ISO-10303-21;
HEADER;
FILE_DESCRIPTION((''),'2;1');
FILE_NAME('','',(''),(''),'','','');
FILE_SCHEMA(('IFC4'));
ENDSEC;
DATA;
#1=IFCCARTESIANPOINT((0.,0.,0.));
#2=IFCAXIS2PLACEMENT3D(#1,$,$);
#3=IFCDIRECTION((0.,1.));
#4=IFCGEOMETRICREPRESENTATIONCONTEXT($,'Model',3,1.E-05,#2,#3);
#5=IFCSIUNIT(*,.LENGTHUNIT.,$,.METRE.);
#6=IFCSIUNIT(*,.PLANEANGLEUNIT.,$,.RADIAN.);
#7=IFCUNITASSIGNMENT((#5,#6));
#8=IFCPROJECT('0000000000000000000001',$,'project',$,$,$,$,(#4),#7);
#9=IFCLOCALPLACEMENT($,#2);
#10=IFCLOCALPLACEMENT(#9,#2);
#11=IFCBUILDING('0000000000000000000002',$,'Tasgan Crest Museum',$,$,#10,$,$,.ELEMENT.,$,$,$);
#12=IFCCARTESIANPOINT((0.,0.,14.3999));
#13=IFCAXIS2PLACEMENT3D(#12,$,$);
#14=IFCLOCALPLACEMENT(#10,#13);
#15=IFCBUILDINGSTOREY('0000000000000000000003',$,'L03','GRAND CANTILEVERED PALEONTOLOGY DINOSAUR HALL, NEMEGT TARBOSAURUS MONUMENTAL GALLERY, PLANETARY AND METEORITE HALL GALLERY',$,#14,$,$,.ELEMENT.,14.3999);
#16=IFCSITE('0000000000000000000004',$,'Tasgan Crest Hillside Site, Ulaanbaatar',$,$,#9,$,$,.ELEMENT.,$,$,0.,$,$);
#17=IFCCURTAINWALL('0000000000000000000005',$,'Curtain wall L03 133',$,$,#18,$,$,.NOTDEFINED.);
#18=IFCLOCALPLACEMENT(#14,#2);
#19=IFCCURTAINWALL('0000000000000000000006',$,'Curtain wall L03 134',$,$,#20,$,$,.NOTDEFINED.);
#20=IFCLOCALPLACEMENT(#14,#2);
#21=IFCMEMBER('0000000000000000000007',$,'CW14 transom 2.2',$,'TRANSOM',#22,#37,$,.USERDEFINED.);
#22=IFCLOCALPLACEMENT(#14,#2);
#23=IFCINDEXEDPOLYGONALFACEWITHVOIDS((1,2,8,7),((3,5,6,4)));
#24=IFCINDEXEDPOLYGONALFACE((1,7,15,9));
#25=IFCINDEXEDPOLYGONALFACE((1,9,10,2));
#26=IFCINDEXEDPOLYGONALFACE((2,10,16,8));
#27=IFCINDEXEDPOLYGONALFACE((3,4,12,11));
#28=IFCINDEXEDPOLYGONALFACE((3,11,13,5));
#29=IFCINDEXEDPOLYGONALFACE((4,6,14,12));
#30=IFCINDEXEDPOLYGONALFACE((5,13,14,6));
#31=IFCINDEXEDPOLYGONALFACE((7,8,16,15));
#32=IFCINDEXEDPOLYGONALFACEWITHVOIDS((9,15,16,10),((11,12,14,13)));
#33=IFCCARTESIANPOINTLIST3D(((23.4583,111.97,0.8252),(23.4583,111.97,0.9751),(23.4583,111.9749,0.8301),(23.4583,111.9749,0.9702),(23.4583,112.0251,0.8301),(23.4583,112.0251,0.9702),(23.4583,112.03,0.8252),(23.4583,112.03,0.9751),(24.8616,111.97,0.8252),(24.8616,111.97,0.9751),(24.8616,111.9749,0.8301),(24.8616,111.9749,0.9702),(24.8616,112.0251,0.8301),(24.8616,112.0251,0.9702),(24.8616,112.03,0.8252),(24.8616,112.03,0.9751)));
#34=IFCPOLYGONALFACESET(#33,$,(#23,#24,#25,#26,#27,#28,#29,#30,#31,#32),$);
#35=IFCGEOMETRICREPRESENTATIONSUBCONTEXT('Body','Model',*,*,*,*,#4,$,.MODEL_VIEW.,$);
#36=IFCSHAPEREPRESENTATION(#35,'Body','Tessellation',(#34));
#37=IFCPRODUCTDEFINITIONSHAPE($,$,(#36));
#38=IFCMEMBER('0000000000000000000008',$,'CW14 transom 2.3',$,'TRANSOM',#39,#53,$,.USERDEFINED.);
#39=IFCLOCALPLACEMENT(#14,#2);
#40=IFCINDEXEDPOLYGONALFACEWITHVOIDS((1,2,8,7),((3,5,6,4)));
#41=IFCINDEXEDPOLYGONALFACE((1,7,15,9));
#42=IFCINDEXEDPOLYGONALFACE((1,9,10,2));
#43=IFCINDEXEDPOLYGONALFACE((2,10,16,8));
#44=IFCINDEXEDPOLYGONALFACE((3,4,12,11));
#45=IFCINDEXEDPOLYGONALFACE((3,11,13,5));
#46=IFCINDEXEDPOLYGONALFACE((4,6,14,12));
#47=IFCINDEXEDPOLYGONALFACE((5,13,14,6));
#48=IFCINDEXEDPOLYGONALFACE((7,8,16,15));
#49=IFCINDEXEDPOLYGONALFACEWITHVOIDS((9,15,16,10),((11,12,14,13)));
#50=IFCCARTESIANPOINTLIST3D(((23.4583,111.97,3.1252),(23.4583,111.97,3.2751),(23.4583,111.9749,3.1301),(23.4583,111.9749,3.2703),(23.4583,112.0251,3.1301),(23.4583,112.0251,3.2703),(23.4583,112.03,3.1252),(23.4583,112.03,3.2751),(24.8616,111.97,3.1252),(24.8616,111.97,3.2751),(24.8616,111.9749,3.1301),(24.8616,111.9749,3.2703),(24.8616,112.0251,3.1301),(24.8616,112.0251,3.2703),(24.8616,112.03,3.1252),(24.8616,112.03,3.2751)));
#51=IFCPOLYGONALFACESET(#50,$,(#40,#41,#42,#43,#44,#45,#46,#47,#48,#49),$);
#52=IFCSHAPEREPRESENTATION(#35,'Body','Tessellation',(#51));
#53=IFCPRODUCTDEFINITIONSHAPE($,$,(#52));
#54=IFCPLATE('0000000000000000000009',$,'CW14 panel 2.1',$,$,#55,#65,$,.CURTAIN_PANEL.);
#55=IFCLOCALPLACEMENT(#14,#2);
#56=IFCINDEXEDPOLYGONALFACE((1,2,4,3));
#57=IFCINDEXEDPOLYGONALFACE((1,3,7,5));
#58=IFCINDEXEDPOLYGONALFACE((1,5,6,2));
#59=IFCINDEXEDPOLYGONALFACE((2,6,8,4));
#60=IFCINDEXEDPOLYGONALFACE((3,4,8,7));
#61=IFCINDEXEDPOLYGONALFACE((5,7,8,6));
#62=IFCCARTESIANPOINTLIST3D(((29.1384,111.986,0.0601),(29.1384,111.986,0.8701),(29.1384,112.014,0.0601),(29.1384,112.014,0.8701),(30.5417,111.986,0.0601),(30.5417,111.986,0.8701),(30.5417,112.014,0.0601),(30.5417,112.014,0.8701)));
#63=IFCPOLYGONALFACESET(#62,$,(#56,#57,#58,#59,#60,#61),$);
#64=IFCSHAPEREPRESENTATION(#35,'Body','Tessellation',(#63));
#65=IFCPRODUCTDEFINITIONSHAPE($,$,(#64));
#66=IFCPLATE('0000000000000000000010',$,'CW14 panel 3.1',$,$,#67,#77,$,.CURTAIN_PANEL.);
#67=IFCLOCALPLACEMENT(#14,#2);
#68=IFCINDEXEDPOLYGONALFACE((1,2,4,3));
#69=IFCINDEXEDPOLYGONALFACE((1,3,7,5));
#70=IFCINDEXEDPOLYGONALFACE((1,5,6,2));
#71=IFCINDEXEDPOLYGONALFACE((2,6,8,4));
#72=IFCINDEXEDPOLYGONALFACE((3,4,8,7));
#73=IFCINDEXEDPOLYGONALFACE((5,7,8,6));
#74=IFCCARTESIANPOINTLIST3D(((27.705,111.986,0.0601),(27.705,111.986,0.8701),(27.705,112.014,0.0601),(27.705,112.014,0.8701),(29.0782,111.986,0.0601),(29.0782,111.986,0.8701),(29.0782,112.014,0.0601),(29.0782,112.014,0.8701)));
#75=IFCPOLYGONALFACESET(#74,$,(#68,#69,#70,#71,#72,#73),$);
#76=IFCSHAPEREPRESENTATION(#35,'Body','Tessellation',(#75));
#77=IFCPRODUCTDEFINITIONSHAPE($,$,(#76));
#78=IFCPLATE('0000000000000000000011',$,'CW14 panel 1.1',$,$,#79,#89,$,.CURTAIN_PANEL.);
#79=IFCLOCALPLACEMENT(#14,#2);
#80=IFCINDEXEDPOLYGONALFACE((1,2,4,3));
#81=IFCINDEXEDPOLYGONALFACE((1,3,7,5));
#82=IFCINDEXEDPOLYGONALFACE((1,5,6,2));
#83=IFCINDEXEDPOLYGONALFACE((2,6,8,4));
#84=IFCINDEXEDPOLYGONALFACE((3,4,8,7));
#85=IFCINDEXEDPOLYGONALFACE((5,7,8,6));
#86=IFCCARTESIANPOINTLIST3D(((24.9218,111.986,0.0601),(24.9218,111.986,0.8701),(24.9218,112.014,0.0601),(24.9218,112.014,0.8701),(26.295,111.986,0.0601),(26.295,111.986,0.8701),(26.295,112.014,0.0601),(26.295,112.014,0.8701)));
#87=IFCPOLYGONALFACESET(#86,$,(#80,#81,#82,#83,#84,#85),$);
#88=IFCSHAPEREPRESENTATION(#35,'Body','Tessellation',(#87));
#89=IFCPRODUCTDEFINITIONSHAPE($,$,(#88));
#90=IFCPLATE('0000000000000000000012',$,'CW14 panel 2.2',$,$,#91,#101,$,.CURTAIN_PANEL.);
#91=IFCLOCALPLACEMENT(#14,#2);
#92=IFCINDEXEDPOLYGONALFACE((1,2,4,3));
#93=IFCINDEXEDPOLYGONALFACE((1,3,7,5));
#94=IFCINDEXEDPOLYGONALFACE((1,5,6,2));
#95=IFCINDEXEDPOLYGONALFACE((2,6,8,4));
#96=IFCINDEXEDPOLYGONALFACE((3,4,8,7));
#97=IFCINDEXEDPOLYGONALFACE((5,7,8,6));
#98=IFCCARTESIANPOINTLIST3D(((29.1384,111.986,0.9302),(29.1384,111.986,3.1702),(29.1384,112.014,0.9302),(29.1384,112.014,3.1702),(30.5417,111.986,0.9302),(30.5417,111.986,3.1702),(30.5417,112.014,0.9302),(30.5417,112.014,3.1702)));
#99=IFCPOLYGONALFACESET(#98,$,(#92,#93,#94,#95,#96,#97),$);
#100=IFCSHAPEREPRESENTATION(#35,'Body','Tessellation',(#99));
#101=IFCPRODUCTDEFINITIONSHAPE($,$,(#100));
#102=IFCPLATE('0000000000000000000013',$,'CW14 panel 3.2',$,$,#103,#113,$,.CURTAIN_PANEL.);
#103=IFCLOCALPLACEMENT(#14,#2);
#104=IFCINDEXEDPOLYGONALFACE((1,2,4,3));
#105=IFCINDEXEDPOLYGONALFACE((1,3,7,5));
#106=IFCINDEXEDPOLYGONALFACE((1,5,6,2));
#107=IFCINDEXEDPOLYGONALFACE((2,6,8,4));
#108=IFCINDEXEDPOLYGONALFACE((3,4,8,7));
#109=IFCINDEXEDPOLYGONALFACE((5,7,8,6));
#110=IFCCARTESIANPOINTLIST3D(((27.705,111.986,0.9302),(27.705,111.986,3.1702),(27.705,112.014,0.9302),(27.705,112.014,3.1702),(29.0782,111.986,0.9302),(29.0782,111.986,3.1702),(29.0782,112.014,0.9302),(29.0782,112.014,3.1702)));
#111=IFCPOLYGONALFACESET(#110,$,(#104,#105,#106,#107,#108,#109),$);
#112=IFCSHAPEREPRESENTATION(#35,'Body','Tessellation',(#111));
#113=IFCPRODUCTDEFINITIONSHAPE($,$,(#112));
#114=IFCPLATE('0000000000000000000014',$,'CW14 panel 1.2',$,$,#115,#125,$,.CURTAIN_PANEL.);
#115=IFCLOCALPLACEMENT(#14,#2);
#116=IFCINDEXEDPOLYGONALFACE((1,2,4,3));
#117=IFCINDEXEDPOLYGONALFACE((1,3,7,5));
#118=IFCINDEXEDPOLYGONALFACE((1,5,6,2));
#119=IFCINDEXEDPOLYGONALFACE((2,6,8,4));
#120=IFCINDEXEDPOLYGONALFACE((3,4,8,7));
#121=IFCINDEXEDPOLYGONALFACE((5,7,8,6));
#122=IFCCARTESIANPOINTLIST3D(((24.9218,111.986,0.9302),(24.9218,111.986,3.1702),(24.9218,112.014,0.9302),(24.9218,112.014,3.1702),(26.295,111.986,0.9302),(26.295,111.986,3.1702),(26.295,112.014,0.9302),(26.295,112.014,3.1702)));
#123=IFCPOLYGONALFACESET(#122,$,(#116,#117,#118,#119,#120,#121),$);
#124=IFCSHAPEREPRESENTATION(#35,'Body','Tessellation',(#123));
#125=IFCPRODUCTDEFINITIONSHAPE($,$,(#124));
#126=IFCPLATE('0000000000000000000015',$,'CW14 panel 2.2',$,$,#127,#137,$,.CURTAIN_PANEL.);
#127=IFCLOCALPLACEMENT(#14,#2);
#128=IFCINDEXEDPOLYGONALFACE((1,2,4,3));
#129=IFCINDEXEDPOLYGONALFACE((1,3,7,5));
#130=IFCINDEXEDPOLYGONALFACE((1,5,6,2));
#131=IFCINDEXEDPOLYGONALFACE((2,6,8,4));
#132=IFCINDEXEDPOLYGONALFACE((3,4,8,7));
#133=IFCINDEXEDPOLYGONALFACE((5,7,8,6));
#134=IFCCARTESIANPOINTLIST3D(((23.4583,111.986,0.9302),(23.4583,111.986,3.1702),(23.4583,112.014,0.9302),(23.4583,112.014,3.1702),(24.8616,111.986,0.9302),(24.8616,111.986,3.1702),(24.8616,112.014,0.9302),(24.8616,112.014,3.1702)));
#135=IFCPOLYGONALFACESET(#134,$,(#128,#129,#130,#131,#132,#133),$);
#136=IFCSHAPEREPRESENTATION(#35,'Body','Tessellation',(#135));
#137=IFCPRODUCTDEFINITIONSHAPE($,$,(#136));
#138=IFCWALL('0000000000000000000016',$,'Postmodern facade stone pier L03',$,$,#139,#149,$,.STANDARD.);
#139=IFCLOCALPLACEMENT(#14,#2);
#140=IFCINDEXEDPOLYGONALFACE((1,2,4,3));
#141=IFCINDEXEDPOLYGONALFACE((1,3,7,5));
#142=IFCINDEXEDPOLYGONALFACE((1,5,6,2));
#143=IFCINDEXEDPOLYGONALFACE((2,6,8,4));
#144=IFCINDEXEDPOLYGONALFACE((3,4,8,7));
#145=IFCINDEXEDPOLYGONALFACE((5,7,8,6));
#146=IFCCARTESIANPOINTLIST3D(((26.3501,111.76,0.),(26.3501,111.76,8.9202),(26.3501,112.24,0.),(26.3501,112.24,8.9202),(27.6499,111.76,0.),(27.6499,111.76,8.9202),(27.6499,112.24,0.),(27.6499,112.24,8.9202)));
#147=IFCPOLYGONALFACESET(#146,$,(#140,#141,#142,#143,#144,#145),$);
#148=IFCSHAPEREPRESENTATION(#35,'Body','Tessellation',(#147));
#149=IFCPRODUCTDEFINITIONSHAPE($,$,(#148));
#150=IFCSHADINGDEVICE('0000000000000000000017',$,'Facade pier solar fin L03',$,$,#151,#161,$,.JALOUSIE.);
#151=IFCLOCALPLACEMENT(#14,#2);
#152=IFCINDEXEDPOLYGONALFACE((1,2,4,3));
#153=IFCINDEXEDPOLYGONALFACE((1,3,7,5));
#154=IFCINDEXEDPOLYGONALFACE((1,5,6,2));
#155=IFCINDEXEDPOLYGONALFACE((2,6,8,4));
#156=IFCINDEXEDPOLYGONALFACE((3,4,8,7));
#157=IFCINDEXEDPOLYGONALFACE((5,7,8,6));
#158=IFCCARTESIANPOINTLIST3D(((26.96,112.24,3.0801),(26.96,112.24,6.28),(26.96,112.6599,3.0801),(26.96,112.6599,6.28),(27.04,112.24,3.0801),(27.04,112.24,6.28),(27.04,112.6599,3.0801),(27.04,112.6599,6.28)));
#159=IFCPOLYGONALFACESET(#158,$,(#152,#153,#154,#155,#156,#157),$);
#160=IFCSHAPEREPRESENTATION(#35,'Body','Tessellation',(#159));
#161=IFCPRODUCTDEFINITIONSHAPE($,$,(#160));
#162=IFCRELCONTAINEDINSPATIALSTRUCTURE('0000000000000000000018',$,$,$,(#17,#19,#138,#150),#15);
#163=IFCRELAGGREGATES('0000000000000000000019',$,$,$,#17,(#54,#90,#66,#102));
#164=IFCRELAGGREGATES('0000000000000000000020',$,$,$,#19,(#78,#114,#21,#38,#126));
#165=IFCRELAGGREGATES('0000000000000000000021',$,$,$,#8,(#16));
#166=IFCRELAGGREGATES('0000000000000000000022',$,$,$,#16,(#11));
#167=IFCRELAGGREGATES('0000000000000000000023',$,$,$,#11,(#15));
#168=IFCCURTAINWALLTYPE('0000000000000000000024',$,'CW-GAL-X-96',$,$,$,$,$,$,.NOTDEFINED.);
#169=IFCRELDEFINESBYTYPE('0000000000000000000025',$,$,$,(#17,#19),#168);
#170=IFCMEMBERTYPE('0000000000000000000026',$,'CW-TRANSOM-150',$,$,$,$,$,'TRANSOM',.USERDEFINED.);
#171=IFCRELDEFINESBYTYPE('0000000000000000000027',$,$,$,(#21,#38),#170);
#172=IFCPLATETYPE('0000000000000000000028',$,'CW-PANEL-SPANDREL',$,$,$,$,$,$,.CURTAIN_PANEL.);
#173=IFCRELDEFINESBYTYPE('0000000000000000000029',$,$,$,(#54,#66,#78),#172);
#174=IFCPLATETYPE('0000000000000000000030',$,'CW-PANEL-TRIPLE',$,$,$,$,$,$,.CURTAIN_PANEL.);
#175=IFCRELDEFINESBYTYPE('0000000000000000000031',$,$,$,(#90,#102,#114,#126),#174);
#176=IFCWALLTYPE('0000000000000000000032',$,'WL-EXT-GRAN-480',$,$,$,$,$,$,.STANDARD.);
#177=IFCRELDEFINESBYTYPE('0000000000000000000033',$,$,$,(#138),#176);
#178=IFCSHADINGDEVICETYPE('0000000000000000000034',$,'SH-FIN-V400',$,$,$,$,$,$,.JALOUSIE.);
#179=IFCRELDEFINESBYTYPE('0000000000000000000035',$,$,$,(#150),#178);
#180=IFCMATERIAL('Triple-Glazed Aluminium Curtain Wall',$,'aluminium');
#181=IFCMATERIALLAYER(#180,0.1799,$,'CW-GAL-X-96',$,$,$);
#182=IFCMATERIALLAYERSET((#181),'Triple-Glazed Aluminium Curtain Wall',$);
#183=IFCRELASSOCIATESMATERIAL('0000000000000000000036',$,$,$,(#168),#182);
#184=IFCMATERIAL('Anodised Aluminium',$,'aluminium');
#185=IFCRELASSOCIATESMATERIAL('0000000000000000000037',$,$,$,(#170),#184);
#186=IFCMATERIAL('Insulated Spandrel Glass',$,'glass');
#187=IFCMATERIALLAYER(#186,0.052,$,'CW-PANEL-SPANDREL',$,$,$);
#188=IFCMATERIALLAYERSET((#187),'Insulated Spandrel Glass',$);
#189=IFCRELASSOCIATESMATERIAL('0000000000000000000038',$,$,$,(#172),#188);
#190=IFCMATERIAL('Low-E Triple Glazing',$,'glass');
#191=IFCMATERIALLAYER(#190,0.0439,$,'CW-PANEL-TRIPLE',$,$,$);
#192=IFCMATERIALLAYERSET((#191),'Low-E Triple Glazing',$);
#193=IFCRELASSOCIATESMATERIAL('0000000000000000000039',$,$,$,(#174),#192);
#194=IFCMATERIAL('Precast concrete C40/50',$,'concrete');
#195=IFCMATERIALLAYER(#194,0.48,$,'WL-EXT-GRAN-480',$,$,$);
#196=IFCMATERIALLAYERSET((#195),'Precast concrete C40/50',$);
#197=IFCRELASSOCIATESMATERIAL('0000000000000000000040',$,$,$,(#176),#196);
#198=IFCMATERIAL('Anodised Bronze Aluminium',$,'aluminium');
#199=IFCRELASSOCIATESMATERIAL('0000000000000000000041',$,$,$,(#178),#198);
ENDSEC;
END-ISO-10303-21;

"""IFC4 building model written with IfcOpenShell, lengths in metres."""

from ifc_helpers import new_model, si_unit, direction, frame, frame_2d, origin, origin_2d, place, context, subcontext, project, spatial, rectangle, hollow_rectangle, extrude, material, layer, layer_set, material_profile, profile_set, type_object, element, aggregate, save


model = new_model("IFC4")

# Units and contexts
model_context = context("Model", 3, precision=1e-05, world=origin(), true_north=direction((0.0, 1.0)))
body_context = subcontext(model_context, "Body", "Model", "MODEL_VIEW")
ifc_project = project(units=[si_unit("LENGTHUNIT", "METRE"), si_unit("PLANEANGLEUNIT", "RADIAN")], contexts=[model_context])

# Site, building, storey
site_placement = place(None, origin())
site = spatial("IfcSite", under=ifc_project, at=site_placement, Name="Tasgan Crest Hillside Site, Ulaanbaatar", CompositionType="ELEMENT", RefElevation=0.0)
building_placement = place(site_placement, origin())
building = spatial("IfcBuilding", under=site, at=building_placement, Name="Tasgan Crest Museum", CompositionType="ELEMENT")
storey_placement = place(building_placement, frame((0.0, 0.0, 14.3999)))
storey = spatial("IfcBuildingStorey", under=building, at=storey_placement, Name="L03", Description="GRAND CANTILEVERED PALEONTOLOGY DINOSAUR HALL, NEMEGT TARBOSAURUS MONUMENTAL GALLERY, PLANETARY AND METEORITE HALL GALLERY", CompositionType="ELEMENT", Elevation=14.3999)

# Curtain walls
ifc_material_1 = material(Name="Triple-Glazed Aluminium Curtain Wall", Category="aluminium")
ifc_layer_1 = layer(ifc_material_1, 0.1799, Name="CW-GAL-X-96")
ifc_layer_set_1 = layer_set([ifc_layer_1], Name="Triple-Glazed Aluminium Curtain Wall")
curtain_wall_type = type_object("IfcCurtainWallType", Name="CW-GAL-X-96", PredefinedType="NOTDEFINED", material=ifc_layer_set_1)
curtain_wall_1_placement = place(storey_placement, origin())
curtain_wall_1 = element("IfcCurtainWall", 1, at=curtain_wall_1_placement, inside=storey, type_object=curtain_wall_type, Name="Curtain wall L03 133", PredefinedType="NOTDEFINED")
curtain_wall_2_placement = place(storey_placement, origin())
curtain_wall_2 = element("IfcCurtainWall", 2, at=curtain_wall_2_placement, inside=storey, type_object=curtain_wall_type, Name="Curtain wall L03 134", PredefinedType="NOTDEFINED")

# Members
ifc_material_2 = material(Name="Anodised Aluminium", Category="aluminium")
ifc_material_profile_1 = material_profile(ifc_material_2, hollow_rectangle(XDim=0.0601, YDim=0.1499, WallThickness=0.0049, at=origin_2d()), Name="ALU TRANSOM 150x60x5")
ifc_profile_set_1 = profile_set([ifc_material_profile_1], Name="Anodised Aluminium")
member_type_1 = type_object("IfcMemberType", Name="CW-TRANSOM-150", ElementType="TRANSOM", PredefinedType="USERDEFINED", material=ifc_profile_set_1)
member_1_placement = place(storey_placement, frame((24.8616, 112.0, 0.9001), z_axis=(-1.0, 0.0, 0.0), x_axis=(0.0, -1.0, 0.0)))
member_1 = element("IfcMember", 3, at=member_1_placement, type_object=member_type_1, Name="CW14 transom 2.2", ObjectType="TRANSOM", PredefinedType="USERDEFINED", context=body_context, shape_type="SweptSolid", body=[
    extrude(hollow_rectangle(XDim=0.0601, YDim=0.1499, WallThickness=0.0049, at=origin_2d()), origin(), (0.0, 0.0, 1.0), 1.4033),
])
member_2_placement = place(storey_placement, frame((24.8616, 112.0, 3.2002), z_axis=(-1.0, 0.0, 0.0), x_axis=(0.0, -1.0, 0.0)))
member_2 = element("IfcMember", 4, at=member_2_placement, type_object=member_type_1, Name="CW14 transom 2.3", ObjectType="TRANSOM", PredefinedType="USERDEFINED", context=body_context, shape_type="SweptSolid", body=[
    extrude(hollow_rectangle(XDim=0.0601, YDim=0.1499, WallThickness=0.0049, at=origin_2d()), origin(), (0.0, 0.0, 1.0), 1.4033),
])

# Plates
ifc_material_3 = material(Name="Insulated Spandrel Glass", Category="glass")
ifc_layer_2 = layer(ifc_material_3, 0.052, Name="CW-PANEL-SPANDREL")
ifc_layer_set_2 = layer_set([ifc_layer_2], Name="Insulated Spandrel Glass")
plate_type_1 = type_object("IfcPlateType", Name="CW-PANEL-SPANDREL", PredefinedType="CURTAIN_PANEL", material=ifc_layer_set_2)
plate_1_placement = place(storey_placement, frame((29.8401, 112.0, 0.0601), z_axis=(0.0, 0.0, 1.0), x_axis=(-1.0, 0.0, 0.0)))
plate_1 = element("IfcPlate", 5, at=plate_1_placement, type_object=plate_type_1, Name="CW14 panel 2.1", PredefinedType="CURTAIN_PANEL", context=body_context, shape_type="SweptSolid", body=[
    extrude(rectangle(XDim=1.4033, YDim=0.0281, at=origin_2d()), origin(), (0.0, 0.0, 1.0), 0.8101),
])
plate_2_placement = place(storey_placement, frame((28.3916, 112.0, 0.0601), z_axis=(0.0, 0.0, 1.0), x_axis=(-1.0, 0.0, 0.0)))
plate_2 = element("IfcPlate", 6, at=plate_2_placement, type_object=plate_type_1, Name="CW14 panel 3.1", PredefinedType="CURTAIN_PANEL", context=body_context, shape_type="SweptSolid", body=[
    extrude(rectangle(XDim=1.3733, YDim=0.0281, at=origin_2d()), origin(), (0.0, 0.0, 1.0), 0.8101),
])
plate_3_placement = place(storey_placement, frame((25.6084, 112.0, 0.0601), z_axis=(0.0, 0.0, 1.0), x_axis=(-1.0, 0.0, 0.0)))
plate_3 = element("IfcPlate", 7, at=plate_3_placement, type_object=plate_type_1, Name="CW14 panel 1.1", PredefinedType="CURTAIN_PANEL", context=body_context, shape_type="SweptSolid", body=[
    extrude(rectangle(XDim=1.3733, YDim=0.0281, at=origin_2d()), origin(), (0.0, 0.0, 1.0), 0.8101),
])
ifc_material_4 = material(Name="Low-E Triple Glazing", Category="glass")
ifc_layer_3 = layer(ifc_material_4, 0.0439, Name="CW-PANEL-TRIPLE")
ifc_layer_set_3 = layer_set([ifc_layer_3], Name="Low-E Triple Glazing")
plate_type_2 = type_object("IfcPlateType", Name="CW-PANEL-TRIPLE", PredefinedType="CURTAIN_PANEL", material=ifc_layer_set_3)
plate_4_placement = place(storey_placement, frame((29.8401, 112.0, 0.9302), z_axis=(0.0, 0.0, 1.0), x_axis=(-1.0, 0.0, 0.0)))
plate_4 = element("IfcPlate", 8, at=plate_4_placement, type_object=plate_type_2, Name="CW14 panel 2.2", PredefinedType="CURTAIN_PANEL", context=body_context, shape_type="SweptSolid", body=[
    extrude(rectangle(XDim=1.4033, YDim=0.0281, at=origin_2d()), origin(), (0.0, 0.0, 1.0), 2.24),
])
plate_5_placement = place(storey_placement, frame((28.3916, 112.0, 0.9302), z_axis=(0.0, 0.0, 1.0), x_axis=(-1.0, 0.0, 0.0)))
plate_5 = element("IfcPlate", 9, at=plate_5_placement, type_object=plate_type_2, Name="CW14 panel 3.2", PredefinedType="CURTAIN_PANEL", context=body_context, shape_type="SweptSolid", body=[
    extrude(rectangle(XDim=1.3733, YDim=0.0281, at=origin_2d()), origin(), (0.0, 0.0, 1.0), 2.24),
])
aggregate(curtain_wall_1, [plate_1, plate_4, plate_2, plate_5])
plate_6_placement = place(storey_placement, frame((25.6084, 112.0, 0.9302), z_axis=(0.0, 0.0, 1.0), x_axis=(-1.0, 0.0, 0.0)))
plate_6 = element("IfcPlate", 10, at=plate_6_placement, type_object=plate_type_2, Name="CW14 panel 1.2", PredefinedType="CURTAIN_PANEL", context=body_context, shape_type="SweptSolid", body=[
    extrude(rectangle(XDim=1.3733, YDim=0.0281, at=origin_2d()), origin(), (0.0, 0.0, 1.0), 2.24),
])
plate_7_placement = place(storey_placement, frame((24.1599, 112.0, 0.9302), z_axis=(0.0, 0.0, 1.0), x_axis=(-1.0, 0.0, 0.0)))
plate_7 = element("IfcPlate", 11, at=plate_7_placement, type_object=plate_type_2, Name="CW14 panel 2.2", PredefinedType="CURTAIN_PANEL", context=body_context, shape_type="SweptSolid", body=[
    extrude(rectangle(XDim=1.4033, YDim=0.0281, at=origin_2d()), origin(), (0.0, 0.0, 1.0), 2.24),
])
aggregate(curtain_wall_2, [plate_3, plate_6, member_1, member_2, plate_7])

# Wall
ifc_material_5 = material(Name="Precast concrete C40/50", Category="concrete")
ifc_layer_4 = layer(ifc_material_5, 0.48, Name="WL-EXT-GRAN-480")
ifc_layer_set_4 = layer_set([ifc_layer_4], Name="Precast concrete C40/50")
wall_type = type_object("IfcWallType", Name="WL-EXT-GRAN-480", PredefinedType="STANDARD", material=ifc_layer_set_4)
wall_placement = place(storey_placement, frame((27.6499, 112.0, 0.0), z_axis=(0.0, 0.0, 1.0), x_axis=(-1.0, 0.0, 0.0)))
element("IfcWall", 12, at=wall_placement, inside=storey, type_object=wall_type, Name="Postmodern facade stone pier L03", PredefinedType="STANDARD", context=body_context, shape_type="SweptSolid", body=[
    extrude(rectangle(XDim=1.2998, YDim=0.48, at=frame_2d((0.6499, 0.0))), origin(), (0.0, 0.0, 1.0), 8.9202),
])

# Shading device
ifc_material_6 = material(Name="Anodised Bronze Aluminium", Category="aluminium")
shading_device_type = type_object("IfcShadingDeviceType", Name="SH-FIN-V400", PredefinedType="JALOUSIE", material=ifc_material_6)
shading_device_placement = place(storey_placement, frame((27.0, 112.45, 3.0801), z_axis=(0.0, 0.0, 1.0), x_axis=(-1.0, 0.0, 0.0)))
element("IfcShadingDevice", 13, at=shading_device_placement, inside=storey, type_object=shading_device_type, Name="Facade pier solar fin L03", PredefinedType="JALOUSIE", context=body_context, shape_type="SweptSolid", body=[
    extrude(rectangle(XDim=0.0801, YDim=0.4199, at=origin_2d()), origin(), (0.0, 0.0, 1.0), 3.2),
])

save(model, "model.ifc")
